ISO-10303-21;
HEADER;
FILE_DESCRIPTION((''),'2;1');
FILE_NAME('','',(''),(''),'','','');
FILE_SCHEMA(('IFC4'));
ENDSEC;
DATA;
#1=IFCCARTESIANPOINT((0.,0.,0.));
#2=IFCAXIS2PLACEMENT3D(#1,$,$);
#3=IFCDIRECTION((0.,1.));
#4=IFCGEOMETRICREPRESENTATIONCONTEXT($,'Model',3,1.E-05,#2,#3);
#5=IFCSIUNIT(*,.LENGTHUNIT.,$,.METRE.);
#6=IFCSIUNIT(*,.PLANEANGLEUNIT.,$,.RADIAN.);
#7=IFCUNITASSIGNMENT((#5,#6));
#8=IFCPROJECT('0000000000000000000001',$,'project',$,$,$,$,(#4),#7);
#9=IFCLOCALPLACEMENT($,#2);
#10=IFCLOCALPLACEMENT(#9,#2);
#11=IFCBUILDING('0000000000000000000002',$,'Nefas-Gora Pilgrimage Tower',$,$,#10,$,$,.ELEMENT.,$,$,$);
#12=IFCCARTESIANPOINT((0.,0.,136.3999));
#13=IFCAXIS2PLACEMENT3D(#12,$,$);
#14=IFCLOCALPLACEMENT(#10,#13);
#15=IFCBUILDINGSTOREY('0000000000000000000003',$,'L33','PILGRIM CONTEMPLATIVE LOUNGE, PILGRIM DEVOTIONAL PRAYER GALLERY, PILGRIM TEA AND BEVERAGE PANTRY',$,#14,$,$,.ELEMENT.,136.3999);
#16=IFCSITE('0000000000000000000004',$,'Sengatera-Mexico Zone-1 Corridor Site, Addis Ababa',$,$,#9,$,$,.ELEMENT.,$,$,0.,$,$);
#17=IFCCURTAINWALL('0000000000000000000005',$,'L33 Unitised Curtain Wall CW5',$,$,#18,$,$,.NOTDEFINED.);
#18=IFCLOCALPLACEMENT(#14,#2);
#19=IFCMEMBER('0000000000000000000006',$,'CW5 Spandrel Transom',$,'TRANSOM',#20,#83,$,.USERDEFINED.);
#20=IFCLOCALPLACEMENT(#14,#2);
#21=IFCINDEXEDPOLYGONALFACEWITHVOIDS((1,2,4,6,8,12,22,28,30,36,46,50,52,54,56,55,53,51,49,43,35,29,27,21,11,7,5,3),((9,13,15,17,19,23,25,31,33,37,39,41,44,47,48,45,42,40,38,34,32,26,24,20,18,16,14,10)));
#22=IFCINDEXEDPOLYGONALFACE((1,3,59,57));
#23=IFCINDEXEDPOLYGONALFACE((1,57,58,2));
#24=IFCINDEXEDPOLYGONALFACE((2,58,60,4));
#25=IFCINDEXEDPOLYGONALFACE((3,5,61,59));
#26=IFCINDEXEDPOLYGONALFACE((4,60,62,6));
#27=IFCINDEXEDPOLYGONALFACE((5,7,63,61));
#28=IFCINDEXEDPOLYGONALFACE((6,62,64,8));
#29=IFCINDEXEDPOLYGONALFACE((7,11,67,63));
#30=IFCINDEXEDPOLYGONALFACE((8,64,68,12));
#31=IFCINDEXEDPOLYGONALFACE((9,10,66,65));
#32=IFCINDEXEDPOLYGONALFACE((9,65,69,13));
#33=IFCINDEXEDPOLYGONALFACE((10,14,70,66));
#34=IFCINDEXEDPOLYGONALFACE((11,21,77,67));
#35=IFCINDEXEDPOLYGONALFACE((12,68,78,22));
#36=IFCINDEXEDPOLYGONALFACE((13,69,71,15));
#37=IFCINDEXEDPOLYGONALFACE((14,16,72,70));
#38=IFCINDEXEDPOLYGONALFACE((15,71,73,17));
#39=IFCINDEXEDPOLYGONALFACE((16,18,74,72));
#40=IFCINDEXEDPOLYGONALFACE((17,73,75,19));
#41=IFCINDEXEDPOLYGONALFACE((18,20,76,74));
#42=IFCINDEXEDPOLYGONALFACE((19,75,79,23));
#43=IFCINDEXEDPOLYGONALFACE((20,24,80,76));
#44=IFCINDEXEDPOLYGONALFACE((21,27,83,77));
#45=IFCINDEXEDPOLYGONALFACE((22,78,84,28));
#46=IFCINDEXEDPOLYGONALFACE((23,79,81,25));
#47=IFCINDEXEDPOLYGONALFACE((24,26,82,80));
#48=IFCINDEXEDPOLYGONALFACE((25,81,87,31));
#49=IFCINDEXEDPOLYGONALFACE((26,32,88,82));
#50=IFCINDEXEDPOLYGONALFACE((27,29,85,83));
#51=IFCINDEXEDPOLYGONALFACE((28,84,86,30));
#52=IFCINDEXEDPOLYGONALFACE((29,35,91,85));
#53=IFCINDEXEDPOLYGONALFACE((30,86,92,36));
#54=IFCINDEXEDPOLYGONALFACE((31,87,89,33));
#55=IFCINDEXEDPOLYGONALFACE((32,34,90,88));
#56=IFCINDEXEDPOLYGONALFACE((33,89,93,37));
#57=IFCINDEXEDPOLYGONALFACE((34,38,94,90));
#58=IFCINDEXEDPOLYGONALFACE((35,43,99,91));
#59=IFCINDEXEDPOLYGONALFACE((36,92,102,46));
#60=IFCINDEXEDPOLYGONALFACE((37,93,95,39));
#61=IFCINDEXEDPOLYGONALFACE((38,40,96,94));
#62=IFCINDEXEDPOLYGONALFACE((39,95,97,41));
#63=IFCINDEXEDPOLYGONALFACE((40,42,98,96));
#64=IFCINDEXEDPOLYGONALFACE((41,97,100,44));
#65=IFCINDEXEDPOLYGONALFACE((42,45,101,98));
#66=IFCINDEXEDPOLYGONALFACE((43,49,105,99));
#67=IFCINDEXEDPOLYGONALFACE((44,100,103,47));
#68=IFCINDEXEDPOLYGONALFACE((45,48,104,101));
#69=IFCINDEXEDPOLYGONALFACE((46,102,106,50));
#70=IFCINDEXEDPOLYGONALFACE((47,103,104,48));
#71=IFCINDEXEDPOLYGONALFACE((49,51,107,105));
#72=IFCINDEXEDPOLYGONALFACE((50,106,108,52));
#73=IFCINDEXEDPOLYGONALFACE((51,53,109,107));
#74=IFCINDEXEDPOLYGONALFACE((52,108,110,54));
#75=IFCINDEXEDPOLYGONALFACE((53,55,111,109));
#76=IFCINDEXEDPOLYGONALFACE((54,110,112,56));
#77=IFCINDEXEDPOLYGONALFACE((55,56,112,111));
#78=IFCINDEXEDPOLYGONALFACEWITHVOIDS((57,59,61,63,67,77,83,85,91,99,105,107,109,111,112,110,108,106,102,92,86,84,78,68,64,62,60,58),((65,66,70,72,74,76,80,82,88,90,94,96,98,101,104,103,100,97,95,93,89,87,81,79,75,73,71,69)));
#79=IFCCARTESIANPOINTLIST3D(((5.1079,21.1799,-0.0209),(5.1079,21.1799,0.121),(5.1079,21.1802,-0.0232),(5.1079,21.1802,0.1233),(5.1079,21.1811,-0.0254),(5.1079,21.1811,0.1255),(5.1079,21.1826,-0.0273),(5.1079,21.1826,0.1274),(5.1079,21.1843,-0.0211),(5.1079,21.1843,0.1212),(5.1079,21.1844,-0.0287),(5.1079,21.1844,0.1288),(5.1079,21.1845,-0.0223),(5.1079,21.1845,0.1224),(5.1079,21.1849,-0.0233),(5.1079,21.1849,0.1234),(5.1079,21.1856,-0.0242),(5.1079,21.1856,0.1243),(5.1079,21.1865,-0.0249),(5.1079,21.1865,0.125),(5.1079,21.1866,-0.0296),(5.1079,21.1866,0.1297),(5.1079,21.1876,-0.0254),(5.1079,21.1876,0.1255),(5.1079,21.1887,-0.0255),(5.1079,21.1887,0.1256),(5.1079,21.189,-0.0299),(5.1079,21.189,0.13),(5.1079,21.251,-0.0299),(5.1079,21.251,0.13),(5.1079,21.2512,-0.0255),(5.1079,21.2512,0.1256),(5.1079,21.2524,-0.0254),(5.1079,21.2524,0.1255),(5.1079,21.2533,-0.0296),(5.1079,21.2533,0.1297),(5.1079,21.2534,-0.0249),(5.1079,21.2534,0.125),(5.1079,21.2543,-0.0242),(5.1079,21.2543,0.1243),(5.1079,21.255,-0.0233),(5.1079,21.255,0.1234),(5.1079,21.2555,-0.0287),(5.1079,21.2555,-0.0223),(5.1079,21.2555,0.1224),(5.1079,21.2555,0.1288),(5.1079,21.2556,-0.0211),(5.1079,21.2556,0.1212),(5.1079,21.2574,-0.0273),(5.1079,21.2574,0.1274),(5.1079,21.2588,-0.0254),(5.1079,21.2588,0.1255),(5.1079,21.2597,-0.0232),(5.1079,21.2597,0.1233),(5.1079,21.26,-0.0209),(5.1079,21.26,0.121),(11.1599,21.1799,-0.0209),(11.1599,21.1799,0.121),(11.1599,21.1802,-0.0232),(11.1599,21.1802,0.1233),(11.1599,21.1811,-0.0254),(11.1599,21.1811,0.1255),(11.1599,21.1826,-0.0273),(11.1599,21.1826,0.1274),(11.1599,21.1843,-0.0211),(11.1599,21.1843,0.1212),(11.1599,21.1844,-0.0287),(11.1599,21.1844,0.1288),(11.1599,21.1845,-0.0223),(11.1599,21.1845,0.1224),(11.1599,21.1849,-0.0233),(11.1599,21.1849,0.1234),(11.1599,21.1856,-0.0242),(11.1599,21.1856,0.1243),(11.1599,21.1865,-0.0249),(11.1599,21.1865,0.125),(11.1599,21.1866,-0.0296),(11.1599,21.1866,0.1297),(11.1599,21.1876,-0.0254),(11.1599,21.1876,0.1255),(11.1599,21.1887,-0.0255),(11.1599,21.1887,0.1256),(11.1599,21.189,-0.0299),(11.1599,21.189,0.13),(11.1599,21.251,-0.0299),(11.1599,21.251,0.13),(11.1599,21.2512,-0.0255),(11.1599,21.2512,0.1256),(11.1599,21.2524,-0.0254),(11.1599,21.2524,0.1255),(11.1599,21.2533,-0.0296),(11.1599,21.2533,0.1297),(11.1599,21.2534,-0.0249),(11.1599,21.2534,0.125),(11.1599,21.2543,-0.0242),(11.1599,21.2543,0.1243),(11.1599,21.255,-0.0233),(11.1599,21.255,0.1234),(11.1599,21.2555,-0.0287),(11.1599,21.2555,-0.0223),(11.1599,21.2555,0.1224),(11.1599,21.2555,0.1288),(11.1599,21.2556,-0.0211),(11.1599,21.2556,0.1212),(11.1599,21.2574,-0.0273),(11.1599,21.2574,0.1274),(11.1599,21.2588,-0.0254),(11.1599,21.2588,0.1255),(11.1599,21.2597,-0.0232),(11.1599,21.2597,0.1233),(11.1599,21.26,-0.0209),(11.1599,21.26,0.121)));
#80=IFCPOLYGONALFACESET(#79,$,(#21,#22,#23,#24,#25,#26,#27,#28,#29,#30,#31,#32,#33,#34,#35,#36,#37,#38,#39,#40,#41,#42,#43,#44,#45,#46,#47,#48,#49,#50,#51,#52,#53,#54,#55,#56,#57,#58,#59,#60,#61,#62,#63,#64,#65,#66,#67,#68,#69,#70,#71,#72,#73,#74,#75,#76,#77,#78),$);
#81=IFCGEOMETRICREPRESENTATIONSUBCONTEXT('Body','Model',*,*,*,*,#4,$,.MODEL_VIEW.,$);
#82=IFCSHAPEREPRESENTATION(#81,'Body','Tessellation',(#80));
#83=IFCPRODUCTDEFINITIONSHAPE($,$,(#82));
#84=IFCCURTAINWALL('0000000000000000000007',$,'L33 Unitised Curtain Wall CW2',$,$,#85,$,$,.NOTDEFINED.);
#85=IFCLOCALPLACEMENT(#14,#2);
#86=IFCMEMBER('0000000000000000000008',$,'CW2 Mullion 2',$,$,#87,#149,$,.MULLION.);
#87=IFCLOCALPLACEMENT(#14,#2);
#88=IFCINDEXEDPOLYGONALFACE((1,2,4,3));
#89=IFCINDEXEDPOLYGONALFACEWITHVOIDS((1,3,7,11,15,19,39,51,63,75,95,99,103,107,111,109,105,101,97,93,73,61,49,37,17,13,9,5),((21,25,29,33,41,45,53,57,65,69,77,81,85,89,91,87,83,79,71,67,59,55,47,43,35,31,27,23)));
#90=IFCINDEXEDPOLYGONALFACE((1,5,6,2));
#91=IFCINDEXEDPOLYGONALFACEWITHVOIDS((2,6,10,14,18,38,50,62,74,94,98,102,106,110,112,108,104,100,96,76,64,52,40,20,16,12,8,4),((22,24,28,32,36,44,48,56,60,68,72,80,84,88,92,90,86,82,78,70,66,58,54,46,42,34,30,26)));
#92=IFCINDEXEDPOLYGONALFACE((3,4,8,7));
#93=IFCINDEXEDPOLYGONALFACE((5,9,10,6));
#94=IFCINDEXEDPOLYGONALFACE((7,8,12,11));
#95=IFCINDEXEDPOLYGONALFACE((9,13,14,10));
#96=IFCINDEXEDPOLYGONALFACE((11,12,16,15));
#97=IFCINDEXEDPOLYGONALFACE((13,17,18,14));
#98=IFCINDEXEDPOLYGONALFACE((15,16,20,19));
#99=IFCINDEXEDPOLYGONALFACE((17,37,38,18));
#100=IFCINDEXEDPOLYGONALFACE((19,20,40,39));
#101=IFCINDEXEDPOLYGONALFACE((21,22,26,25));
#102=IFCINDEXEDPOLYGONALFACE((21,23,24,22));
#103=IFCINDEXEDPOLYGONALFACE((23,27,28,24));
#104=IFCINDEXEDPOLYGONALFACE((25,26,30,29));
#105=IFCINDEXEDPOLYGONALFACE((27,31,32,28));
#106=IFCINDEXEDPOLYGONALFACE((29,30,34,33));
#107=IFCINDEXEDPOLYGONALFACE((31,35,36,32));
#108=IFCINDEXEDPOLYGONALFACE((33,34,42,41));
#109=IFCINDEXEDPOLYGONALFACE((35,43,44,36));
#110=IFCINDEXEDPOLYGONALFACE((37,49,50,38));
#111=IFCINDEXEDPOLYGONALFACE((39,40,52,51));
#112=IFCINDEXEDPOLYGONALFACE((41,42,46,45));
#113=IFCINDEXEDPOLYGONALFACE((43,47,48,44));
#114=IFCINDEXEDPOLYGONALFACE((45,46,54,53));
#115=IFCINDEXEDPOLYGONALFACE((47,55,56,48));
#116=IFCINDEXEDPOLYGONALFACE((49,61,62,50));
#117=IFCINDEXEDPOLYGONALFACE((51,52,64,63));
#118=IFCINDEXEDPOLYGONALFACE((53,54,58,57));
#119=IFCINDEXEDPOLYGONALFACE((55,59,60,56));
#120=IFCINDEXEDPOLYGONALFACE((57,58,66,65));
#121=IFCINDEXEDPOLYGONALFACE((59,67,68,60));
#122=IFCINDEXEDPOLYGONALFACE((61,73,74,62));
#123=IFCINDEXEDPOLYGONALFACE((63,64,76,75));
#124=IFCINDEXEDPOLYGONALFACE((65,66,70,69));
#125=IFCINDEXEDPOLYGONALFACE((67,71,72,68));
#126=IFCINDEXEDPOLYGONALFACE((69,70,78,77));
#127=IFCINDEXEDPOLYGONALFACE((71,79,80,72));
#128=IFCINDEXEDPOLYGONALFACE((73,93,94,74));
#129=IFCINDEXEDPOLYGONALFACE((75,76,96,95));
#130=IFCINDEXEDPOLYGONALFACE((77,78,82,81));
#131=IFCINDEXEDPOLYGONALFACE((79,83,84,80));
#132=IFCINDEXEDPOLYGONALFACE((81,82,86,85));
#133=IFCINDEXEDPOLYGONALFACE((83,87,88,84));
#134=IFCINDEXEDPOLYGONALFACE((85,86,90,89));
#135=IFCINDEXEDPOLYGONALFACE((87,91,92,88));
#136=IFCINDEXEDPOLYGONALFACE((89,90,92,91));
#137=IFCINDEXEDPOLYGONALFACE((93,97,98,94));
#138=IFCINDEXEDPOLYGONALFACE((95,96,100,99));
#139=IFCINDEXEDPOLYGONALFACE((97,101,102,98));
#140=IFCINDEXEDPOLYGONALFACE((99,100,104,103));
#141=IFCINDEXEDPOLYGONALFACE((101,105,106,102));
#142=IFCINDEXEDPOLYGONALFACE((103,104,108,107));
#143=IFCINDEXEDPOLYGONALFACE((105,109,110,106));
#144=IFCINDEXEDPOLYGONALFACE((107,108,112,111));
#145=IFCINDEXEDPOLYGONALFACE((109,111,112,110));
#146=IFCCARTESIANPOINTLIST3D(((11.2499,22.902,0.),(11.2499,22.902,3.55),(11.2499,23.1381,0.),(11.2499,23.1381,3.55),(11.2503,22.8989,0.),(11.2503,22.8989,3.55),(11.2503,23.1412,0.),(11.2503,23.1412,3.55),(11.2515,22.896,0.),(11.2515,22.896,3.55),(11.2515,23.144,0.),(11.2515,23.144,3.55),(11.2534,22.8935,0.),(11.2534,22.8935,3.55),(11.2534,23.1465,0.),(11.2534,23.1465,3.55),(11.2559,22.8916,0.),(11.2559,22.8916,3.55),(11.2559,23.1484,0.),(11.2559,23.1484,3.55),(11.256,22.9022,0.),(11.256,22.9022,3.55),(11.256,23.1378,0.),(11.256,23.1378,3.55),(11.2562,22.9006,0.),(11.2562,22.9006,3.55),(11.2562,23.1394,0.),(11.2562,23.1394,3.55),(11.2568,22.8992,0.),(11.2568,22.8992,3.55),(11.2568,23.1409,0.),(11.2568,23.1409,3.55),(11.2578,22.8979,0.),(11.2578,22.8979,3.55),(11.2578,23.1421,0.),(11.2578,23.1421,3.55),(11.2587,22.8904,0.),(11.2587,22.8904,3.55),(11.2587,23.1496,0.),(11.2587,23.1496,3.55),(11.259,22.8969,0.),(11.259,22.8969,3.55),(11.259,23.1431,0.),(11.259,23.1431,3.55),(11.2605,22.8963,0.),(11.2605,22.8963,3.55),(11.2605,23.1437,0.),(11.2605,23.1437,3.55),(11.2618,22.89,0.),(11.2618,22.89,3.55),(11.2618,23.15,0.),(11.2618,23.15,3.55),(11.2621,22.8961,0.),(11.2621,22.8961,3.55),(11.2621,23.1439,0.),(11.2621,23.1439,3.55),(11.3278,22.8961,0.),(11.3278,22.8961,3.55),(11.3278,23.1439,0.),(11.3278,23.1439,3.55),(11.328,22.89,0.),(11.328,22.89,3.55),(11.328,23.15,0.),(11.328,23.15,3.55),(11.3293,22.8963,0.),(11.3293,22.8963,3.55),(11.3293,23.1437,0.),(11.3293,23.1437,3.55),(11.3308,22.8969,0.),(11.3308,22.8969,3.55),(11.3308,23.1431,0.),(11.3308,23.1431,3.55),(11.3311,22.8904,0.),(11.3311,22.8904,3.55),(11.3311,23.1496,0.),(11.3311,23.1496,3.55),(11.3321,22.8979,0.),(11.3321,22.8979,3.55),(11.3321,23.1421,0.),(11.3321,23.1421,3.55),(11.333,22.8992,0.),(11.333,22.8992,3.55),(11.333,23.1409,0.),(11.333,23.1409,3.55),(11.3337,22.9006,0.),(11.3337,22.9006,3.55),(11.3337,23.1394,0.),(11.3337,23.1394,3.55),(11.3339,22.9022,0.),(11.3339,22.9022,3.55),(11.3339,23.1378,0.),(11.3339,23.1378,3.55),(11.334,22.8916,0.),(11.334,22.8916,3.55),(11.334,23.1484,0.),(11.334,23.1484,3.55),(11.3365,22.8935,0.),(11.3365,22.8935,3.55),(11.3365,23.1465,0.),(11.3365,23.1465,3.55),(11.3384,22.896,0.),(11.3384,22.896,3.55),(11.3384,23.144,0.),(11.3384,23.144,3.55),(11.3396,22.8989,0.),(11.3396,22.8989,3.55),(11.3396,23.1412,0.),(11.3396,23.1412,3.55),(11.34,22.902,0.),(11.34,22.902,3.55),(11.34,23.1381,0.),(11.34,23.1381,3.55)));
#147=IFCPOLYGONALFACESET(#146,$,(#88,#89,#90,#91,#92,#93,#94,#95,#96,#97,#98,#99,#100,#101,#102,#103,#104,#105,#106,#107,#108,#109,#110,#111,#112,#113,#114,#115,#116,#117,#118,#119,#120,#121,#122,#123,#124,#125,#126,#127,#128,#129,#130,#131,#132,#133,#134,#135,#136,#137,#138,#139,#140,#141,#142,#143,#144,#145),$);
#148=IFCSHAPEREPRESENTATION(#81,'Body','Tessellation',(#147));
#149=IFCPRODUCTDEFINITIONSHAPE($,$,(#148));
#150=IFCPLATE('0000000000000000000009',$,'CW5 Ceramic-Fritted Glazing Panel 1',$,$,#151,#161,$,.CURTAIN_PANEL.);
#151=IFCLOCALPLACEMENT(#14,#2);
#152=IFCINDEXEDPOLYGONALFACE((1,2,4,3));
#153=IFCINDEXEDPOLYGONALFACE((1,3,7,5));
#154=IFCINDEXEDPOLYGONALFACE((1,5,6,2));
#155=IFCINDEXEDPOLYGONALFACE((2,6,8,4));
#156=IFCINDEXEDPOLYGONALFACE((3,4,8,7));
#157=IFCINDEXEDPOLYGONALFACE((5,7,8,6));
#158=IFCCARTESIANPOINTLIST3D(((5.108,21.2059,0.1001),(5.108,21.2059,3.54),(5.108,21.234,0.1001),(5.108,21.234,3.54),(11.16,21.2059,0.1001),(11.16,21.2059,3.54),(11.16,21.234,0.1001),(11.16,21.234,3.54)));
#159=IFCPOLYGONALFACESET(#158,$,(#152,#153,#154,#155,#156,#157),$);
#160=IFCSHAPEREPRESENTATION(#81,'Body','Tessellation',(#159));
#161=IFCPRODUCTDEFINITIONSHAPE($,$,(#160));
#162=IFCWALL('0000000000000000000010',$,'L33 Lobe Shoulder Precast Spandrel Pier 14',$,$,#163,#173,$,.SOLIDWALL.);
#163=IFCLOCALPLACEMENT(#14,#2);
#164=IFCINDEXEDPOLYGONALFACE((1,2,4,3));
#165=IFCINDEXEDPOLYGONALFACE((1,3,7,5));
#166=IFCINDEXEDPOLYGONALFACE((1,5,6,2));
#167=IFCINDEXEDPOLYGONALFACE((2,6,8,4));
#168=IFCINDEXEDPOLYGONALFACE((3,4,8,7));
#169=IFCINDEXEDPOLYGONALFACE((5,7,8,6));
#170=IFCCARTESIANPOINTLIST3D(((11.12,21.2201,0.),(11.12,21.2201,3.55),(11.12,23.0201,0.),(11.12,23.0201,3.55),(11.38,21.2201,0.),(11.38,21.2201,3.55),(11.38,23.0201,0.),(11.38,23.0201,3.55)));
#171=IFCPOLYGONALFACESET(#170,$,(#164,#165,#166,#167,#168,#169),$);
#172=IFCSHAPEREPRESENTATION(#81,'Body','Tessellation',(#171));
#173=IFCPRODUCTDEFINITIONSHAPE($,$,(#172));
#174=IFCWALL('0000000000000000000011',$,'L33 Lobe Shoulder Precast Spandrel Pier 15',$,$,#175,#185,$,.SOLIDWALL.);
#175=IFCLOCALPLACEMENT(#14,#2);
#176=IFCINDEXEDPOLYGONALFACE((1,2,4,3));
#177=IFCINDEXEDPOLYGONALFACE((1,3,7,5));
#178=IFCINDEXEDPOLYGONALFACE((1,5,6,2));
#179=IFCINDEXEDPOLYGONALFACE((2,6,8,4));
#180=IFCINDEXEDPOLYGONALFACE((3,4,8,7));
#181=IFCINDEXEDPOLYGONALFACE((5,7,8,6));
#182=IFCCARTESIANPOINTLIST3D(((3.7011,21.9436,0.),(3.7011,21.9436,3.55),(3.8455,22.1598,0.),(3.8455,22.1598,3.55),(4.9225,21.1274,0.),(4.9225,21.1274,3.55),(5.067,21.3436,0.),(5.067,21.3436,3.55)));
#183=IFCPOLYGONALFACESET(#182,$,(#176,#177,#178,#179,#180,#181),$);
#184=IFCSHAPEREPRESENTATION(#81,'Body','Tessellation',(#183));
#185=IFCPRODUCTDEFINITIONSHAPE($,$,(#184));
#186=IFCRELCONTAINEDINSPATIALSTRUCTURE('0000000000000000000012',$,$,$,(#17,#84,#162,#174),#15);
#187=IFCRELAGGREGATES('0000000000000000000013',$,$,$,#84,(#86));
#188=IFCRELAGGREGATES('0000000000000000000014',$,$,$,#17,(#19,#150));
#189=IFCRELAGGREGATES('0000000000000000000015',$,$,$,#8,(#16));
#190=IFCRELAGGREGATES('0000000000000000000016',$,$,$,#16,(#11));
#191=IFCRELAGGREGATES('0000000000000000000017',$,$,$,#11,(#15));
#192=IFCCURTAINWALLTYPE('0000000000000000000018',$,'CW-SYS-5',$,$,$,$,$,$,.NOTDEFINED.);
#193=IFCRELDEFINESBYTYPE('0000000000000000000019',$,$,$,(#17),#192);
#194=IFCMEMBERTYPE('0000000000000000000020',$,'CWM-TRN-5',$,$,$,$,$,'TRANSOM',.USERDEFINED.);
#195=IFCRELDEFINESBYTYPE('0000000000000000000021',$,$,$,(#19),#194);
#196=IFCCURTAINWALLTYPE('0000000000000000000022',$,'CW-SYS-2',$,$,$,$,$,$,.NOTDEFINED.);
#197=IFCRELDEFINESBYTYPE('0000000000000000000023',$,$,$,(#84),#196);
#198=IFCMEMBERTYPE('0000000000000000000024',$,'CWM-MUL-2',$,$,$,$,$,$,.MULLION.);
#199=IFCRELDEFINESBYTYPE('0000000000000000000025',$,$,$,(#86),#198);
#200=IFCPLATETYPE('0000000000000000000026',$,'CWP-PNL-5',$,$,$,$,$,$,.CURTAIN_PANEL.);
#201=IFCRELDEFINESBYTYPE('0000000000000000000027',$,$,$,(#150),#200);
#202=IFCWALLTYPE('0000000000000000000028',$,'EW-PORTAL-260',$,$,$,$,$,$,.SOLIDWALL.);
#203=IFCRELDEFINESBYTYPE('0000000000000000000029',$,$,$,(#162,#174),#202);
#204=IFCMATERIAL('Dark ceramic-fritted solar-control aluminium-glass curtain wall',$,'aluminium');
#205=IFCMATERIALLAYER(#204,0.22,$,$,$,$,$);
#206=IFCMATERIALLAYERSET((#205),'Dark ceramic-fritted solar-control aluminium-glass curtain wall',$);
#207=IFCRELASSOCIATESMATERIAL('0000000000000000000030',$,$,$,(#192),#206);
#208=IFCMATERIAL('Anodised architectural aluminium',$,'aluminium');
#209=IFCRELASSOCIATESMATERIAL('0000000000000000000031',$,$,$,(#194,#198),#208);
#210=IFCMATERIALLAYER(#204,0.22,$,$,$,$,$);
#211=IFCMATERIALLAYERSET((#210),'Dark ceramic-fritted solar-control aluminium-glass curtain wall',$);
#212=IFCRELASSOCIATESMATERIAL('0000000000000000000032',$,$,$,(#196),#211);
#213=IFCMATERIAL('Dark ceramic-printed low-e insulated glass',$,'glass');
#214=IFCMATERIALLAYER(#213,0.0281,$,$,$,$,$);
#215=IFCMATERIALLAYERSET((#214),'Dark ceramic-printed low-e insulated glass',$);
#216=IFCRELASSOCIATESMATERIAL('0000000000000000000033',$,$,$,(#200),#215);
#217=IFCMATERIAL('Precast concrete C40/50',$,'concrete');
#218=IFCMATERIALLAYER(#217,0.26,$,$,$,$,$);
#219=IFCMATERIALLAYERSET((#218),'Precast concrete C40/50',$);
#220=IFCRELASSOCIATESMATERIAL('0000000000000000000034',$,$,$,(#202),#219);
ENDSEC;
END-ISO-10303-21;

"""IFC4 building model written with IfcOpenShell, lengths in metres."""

from ifc_helpers import new_model, si_unit, direction, frame, frame_2d, origin, origin_2d, place, context, subcontext, project, spatial, rectangle, hollow_rectangle, extrude, source, transform, mapped, material, layer, layer_set, material_profile, profile_set, type_object, element, aggregate, save


model = new_model("IFC4")

# Units and contexts
model_context = context("Model", 3, precision=1e-05, world=origin(), true_north=direction((0.0, 1.0)))
body_context = subcontext(model_context, "Body", "Model", "MODEL_VIEW")
ifc_project = project(units=[si_unit("LENGTHUNIT", "METRE"), si_unit("PLANEANGLEUNIT", "RADIAN")], contexts=[model_context])

# Site, building, storey
site_placement = place(None, origin())
site = spatial("IfcSite", under=ifc_project, at=site_placement, Name="Sengatera-Mexico Zone-1 Corridor Site, Addis Ababa", CompositionType="ELEMENT", RefElevation=0.0)
building_placement = place(site_placement, origin())
building = spatial("IfcBuilding", under=site, at=building_placement, Name="Nefas-Gora Pilgrimage Tower", CompositionType="ELEMENT")
storey_placement = place(building_placement, frame((0.0, 0.0, 136.3999)))
storey = spatial("IfcBuildingStorey", under=building, at=storey_placement, Name="L33", Description="PILGRIM CONTEMPLATIVE LOUNGE, PILGRIM DEVOTIONAL PRAYER GALLERY, PILGRIM TEA AND BEVERAGE PANTRY", CompositionType="ELEMENT", Elevation=136.3999)

# Curtain wall, member
ifc_material_1 = material(Name="Dark ceramic-fritted solar-control aluminium-glass curtain wall", Category="aluminium")
ifc_layer_1 = layer(ifc_material_1, 0.22)
ifc_layer_set_1 = layer_set([ifc_layer_1], Name="Dark ceramic-fritted solar-control aluminium-glass curtain wall")
curtain_wall_type_1 = type_object("IfcCurtainWallType", Name="CW-SYS-5", PredefinedType="NOTDEFINED", material=ifc_layer_set_1)
curtain_wall_1_placement = place(storey_placement, origin())
curtain_wall_1 = element("IfcCurtainWall", 1, at=curtain_wall_1_placement, inside=storey, type_object=curtain_wall_type_1, Name="L33 Unitised Curtain Wall CW5", PredefinedType="NOTDEFINED")
ifc_material_2 = material(Name="Anodised architectural aluminium", Category="aluminium")
ifc_material_profile_1 = material_profile(ifc_material_2, hollow_rectangle(XDim=0.0801, YDim=0.1599, WallThickness=0.0044, InnerFilletRadius=0.0044, OuterFilletRadius=0.009, at=origin_2d()), Name="ALU TRANSOM 80x160")
ifc_profile_set_1 = profile_set([ifc_material_profile_1], Name="Anodised architectural aluminium")
member_type_1 = type_object("IfcMemberType", Name="CWM-TRN-5", ElementType="TRANSOM", PredefinedType="USERDEFINED", material=ifc_profile_set_1)
shared_shape_1 = source(origin(), body_context, "Body", "SweptSolid", [
    extrude(hollow_rectangle(XDim=0.0801, YDim=0.1599, WallThickness=0.0044, InnerFilletRadius=0.0044, OuterFilletRadius=0.009, at=origin_2d()), origin(), (0.0, 0.0, 1.0), 6.052),
])
member_1_placement = place(storey_placement, frame((11.1599, 21.22, 0.05), z_axis=(-1.0, 0.0, 0.0), x_axis=(0.0, -1.0, 0.0)))
member_1 = element("IfcMember", 2, at=member_1_placement, type_object=member_type_1, Name="CW5 Spandrel Transom", ObjectType="TRANSOM", PredefinedType="USERDEFINED", context=body_context, shape_type="MappedRepresentation", body=[
    mapped(shared_shape_1, transform((0.0, 0.0, 0.0), x_axis=(1.0, 0.0, 0.0), y_axis=(0.0, 1.0, 0.0), z_axis=(0.0, 0.0, 1.0), scale=1.0)),
])

# Curtain wall, member
ifc_layer_2 = layer(ifc_material_1, 0.22)
ifc_layer_set_2 = layer_set([ifc_layer_2], Name="Dark ceramic-fritted solar-control aluminium-glass curtain wall")
curtain_wall_type_2 = type_object("IfcCurtainWallType", Name="CW-SYS-2", PredefinedType="NOTDEFINED", material=ifc_layer_set_2)
curtain_wall_2_placement = place(storey_placement, origin())
curtain_wall_2 = element("IfcCurtainWall", 3, at=curtain_wall_2_placement, inside=storey, type_object=curtain_wall_type_2, Name="L33 Unitised Curtain Wall CW2", PredefinedType="NOTDEFINED")
ifc_material_profile_2 = material_profile(ifc_material_2, hollow_rectangle(XDim=0.0901, YDim=0.26, WallThickness=0.0061, InnerFilletRadius=0.0061, OuterFilletRadius=0.012, at=origin_2d()), Name="ALU MULLION 90x260")
ifc_profile_set_2 = profile_set([ifc_material_profile_2], Name="Anodised architectural aluminium")
member_type_2 = type_object("IfcMemberType", Name="CWM-MUL-2", PredefinedType="MULLION", material=ifc_profile_set_2)
shared_shape_2 = source(origin(), body_context, "Body", "SweptSolid", [
    extrude(hollow_rectangle(XDim=0.0901, YDim=0.26, WallThickness=0.0061, InnerFilletRadius=0.0061, OuterFilletRadius=0.012, at=origin_2d()), origin(), (0.0, 0.0, 1.0), 3.55),
])
member_2_placement = place(storey_placement, frame((11.2949, 23.02, 0.0), z_axis=(0.0, 0.0, 1.0), x_axis=(-1.0, 0.0, 0.0)))
member_2 = element("IfcMember", 4, at=member_2_placement, type_object=member_type_2, Name="CW2 Mullion 2", PredefinedType="MULLION", context=body_context, shape_type="MappedRepresentation", body=[
    mapped(shared_shape_2, transform((0.0, 0.0, 0.0), x_axis=(1.0, 0.0, 0.0), y_axis=(0.0, 1.0, 0.0), z_axis=(0.0, 0.0, 1.0), scale=1.0)),
])
aggregate(curtain_wall_2, [member_2])

# Plate
ifc_material_3 = material(Name="Dark ceramic-printed low-e insulated glass", Category="glass")
ifc_layer_3 = layer(ifc_material_3, 0.0281)
ifc_layer_set_3 = layer_set([ifc_layer_3], Name="Dark ceramic-printed low-e insulated glass")
plate_type = type_object("IfcPlateType", Name="CWP-PNL-5", PredefinedType="CURTAIN_PANEL", material=ifc_layer_set_3)
shared_shape_3 = source(origin(), body_context, "Body", "SweptSolid", [
    extrude(rectangle(XDim=6.052, YDim=0.0281, at=origin_2d()), origin(), (0.0, 0.0, 1.0), 3.4399),
])
plate_placement = place(storey_placement, frame((8.134, 21.22, 0.1001), z_axis=(0.0, 0.0, 1.0), x_axis=(-1.0, 0.0, 0.0)))
plate = element("IfcPlate", 5, at=plate_placement, type_object=plate_type, Name="CW5 Ceramic-Fritted Glazing Panel 1", PredefinedType="CURTAIN_PANEL", context=body_context, shape_type="MappedRepresentation", body=[
    mapped(shared_shape_3, transform((0.0, 0.0, 0.0), x_axis=(1.0, 0.0, 0.0), y_axis=(0.0, 1.0, 0.0), z_axis=(0.0, 0.0, 1.0), scale=1.0)),
])
aggregate(curtain_wall_1, [member_1, plate])

# Walls
ifc_material_4 = material(Name="Precast concrete C40/50", Category="concrete")
ifc_layer_4 = layer(ifc_material_4, 0.26)
ifc_layer_set_4 = layer_set([ifc_layer_4], Name="Precast concrete C40/50")
wall_type_1 = type_object("IfcWallType", Name="EW-PORTAL-260", PredefinedType="SOLIDWALL", material=ifc_layer_set_4)
shared_shape_4 = source(origin(), body_context, "Body", "SweptSolid", [
    extrude(rectangle(XDim=1.8, YDim=0.26, at=frame_2d((0.8999, 0.0))), origin(), (0.0, 0.0, 1.0), 3.55),
])
wall_1_placement = place(storey_placement, frame((11.25, 23.02, 0.0), z_axis=(0.0, 0.0, 1.0), x_axis=(0.0, -1.0, 0.0)))
element("IfcWall", 6, at=wall_1_placement, inside=storey, type_object=wall_type_1, Name="L33 Lobe Shoulder Precast Spandrel Pier 14", PredefinedType="SOLIDWALL", context=body_context, shape_type="MappedRepresentation", body=[
    mapped(shared_shape_4, transform((0.0, 0.0, 0.0), x_axis=(1.0, 0.0, 0.0), y_axis=(0.0, 1.0, 0.0), z_axis=(0.0, 0.0, 1.0), scale=1.0)),
])
shared_shape_5 = source(origin(), body_context, "Body", "SweptSolid", [
    extrude(rectangle(XDim=1.469, YDim=0.26, at=frame_2d((0.7344, 0.0))), origin(), (0.0, 0.0, 1.0), 3.55),
])
wall_2_placement = place(storey_placement, frame((4.9946, 21.2356, 0.0), z_axis=(0.0, 0.0, 1.0), x_axis=(-0.831462, 0.555582, 0.0)))
element("IfcWall", 7, at=wall_2_placement, inside=storey, type_object=wall_type_1, Name="L33 Lobe Shoulder Precast Spandrel Pier 15", PredefinedType="SOLIDWALL", context=body_context, shape_type="MappedRepresentation", body=[
    mapped(shared_shape_5, transform((0.0, 0.0, 0.0), x_axis=(1.0, 0.0, 0.0), y_axis=(0.0, 1.0, 0.0), z_axis=(0.0, 0.0, 1.0), scale=1.0)),
])

save(model, "model.ifc")
